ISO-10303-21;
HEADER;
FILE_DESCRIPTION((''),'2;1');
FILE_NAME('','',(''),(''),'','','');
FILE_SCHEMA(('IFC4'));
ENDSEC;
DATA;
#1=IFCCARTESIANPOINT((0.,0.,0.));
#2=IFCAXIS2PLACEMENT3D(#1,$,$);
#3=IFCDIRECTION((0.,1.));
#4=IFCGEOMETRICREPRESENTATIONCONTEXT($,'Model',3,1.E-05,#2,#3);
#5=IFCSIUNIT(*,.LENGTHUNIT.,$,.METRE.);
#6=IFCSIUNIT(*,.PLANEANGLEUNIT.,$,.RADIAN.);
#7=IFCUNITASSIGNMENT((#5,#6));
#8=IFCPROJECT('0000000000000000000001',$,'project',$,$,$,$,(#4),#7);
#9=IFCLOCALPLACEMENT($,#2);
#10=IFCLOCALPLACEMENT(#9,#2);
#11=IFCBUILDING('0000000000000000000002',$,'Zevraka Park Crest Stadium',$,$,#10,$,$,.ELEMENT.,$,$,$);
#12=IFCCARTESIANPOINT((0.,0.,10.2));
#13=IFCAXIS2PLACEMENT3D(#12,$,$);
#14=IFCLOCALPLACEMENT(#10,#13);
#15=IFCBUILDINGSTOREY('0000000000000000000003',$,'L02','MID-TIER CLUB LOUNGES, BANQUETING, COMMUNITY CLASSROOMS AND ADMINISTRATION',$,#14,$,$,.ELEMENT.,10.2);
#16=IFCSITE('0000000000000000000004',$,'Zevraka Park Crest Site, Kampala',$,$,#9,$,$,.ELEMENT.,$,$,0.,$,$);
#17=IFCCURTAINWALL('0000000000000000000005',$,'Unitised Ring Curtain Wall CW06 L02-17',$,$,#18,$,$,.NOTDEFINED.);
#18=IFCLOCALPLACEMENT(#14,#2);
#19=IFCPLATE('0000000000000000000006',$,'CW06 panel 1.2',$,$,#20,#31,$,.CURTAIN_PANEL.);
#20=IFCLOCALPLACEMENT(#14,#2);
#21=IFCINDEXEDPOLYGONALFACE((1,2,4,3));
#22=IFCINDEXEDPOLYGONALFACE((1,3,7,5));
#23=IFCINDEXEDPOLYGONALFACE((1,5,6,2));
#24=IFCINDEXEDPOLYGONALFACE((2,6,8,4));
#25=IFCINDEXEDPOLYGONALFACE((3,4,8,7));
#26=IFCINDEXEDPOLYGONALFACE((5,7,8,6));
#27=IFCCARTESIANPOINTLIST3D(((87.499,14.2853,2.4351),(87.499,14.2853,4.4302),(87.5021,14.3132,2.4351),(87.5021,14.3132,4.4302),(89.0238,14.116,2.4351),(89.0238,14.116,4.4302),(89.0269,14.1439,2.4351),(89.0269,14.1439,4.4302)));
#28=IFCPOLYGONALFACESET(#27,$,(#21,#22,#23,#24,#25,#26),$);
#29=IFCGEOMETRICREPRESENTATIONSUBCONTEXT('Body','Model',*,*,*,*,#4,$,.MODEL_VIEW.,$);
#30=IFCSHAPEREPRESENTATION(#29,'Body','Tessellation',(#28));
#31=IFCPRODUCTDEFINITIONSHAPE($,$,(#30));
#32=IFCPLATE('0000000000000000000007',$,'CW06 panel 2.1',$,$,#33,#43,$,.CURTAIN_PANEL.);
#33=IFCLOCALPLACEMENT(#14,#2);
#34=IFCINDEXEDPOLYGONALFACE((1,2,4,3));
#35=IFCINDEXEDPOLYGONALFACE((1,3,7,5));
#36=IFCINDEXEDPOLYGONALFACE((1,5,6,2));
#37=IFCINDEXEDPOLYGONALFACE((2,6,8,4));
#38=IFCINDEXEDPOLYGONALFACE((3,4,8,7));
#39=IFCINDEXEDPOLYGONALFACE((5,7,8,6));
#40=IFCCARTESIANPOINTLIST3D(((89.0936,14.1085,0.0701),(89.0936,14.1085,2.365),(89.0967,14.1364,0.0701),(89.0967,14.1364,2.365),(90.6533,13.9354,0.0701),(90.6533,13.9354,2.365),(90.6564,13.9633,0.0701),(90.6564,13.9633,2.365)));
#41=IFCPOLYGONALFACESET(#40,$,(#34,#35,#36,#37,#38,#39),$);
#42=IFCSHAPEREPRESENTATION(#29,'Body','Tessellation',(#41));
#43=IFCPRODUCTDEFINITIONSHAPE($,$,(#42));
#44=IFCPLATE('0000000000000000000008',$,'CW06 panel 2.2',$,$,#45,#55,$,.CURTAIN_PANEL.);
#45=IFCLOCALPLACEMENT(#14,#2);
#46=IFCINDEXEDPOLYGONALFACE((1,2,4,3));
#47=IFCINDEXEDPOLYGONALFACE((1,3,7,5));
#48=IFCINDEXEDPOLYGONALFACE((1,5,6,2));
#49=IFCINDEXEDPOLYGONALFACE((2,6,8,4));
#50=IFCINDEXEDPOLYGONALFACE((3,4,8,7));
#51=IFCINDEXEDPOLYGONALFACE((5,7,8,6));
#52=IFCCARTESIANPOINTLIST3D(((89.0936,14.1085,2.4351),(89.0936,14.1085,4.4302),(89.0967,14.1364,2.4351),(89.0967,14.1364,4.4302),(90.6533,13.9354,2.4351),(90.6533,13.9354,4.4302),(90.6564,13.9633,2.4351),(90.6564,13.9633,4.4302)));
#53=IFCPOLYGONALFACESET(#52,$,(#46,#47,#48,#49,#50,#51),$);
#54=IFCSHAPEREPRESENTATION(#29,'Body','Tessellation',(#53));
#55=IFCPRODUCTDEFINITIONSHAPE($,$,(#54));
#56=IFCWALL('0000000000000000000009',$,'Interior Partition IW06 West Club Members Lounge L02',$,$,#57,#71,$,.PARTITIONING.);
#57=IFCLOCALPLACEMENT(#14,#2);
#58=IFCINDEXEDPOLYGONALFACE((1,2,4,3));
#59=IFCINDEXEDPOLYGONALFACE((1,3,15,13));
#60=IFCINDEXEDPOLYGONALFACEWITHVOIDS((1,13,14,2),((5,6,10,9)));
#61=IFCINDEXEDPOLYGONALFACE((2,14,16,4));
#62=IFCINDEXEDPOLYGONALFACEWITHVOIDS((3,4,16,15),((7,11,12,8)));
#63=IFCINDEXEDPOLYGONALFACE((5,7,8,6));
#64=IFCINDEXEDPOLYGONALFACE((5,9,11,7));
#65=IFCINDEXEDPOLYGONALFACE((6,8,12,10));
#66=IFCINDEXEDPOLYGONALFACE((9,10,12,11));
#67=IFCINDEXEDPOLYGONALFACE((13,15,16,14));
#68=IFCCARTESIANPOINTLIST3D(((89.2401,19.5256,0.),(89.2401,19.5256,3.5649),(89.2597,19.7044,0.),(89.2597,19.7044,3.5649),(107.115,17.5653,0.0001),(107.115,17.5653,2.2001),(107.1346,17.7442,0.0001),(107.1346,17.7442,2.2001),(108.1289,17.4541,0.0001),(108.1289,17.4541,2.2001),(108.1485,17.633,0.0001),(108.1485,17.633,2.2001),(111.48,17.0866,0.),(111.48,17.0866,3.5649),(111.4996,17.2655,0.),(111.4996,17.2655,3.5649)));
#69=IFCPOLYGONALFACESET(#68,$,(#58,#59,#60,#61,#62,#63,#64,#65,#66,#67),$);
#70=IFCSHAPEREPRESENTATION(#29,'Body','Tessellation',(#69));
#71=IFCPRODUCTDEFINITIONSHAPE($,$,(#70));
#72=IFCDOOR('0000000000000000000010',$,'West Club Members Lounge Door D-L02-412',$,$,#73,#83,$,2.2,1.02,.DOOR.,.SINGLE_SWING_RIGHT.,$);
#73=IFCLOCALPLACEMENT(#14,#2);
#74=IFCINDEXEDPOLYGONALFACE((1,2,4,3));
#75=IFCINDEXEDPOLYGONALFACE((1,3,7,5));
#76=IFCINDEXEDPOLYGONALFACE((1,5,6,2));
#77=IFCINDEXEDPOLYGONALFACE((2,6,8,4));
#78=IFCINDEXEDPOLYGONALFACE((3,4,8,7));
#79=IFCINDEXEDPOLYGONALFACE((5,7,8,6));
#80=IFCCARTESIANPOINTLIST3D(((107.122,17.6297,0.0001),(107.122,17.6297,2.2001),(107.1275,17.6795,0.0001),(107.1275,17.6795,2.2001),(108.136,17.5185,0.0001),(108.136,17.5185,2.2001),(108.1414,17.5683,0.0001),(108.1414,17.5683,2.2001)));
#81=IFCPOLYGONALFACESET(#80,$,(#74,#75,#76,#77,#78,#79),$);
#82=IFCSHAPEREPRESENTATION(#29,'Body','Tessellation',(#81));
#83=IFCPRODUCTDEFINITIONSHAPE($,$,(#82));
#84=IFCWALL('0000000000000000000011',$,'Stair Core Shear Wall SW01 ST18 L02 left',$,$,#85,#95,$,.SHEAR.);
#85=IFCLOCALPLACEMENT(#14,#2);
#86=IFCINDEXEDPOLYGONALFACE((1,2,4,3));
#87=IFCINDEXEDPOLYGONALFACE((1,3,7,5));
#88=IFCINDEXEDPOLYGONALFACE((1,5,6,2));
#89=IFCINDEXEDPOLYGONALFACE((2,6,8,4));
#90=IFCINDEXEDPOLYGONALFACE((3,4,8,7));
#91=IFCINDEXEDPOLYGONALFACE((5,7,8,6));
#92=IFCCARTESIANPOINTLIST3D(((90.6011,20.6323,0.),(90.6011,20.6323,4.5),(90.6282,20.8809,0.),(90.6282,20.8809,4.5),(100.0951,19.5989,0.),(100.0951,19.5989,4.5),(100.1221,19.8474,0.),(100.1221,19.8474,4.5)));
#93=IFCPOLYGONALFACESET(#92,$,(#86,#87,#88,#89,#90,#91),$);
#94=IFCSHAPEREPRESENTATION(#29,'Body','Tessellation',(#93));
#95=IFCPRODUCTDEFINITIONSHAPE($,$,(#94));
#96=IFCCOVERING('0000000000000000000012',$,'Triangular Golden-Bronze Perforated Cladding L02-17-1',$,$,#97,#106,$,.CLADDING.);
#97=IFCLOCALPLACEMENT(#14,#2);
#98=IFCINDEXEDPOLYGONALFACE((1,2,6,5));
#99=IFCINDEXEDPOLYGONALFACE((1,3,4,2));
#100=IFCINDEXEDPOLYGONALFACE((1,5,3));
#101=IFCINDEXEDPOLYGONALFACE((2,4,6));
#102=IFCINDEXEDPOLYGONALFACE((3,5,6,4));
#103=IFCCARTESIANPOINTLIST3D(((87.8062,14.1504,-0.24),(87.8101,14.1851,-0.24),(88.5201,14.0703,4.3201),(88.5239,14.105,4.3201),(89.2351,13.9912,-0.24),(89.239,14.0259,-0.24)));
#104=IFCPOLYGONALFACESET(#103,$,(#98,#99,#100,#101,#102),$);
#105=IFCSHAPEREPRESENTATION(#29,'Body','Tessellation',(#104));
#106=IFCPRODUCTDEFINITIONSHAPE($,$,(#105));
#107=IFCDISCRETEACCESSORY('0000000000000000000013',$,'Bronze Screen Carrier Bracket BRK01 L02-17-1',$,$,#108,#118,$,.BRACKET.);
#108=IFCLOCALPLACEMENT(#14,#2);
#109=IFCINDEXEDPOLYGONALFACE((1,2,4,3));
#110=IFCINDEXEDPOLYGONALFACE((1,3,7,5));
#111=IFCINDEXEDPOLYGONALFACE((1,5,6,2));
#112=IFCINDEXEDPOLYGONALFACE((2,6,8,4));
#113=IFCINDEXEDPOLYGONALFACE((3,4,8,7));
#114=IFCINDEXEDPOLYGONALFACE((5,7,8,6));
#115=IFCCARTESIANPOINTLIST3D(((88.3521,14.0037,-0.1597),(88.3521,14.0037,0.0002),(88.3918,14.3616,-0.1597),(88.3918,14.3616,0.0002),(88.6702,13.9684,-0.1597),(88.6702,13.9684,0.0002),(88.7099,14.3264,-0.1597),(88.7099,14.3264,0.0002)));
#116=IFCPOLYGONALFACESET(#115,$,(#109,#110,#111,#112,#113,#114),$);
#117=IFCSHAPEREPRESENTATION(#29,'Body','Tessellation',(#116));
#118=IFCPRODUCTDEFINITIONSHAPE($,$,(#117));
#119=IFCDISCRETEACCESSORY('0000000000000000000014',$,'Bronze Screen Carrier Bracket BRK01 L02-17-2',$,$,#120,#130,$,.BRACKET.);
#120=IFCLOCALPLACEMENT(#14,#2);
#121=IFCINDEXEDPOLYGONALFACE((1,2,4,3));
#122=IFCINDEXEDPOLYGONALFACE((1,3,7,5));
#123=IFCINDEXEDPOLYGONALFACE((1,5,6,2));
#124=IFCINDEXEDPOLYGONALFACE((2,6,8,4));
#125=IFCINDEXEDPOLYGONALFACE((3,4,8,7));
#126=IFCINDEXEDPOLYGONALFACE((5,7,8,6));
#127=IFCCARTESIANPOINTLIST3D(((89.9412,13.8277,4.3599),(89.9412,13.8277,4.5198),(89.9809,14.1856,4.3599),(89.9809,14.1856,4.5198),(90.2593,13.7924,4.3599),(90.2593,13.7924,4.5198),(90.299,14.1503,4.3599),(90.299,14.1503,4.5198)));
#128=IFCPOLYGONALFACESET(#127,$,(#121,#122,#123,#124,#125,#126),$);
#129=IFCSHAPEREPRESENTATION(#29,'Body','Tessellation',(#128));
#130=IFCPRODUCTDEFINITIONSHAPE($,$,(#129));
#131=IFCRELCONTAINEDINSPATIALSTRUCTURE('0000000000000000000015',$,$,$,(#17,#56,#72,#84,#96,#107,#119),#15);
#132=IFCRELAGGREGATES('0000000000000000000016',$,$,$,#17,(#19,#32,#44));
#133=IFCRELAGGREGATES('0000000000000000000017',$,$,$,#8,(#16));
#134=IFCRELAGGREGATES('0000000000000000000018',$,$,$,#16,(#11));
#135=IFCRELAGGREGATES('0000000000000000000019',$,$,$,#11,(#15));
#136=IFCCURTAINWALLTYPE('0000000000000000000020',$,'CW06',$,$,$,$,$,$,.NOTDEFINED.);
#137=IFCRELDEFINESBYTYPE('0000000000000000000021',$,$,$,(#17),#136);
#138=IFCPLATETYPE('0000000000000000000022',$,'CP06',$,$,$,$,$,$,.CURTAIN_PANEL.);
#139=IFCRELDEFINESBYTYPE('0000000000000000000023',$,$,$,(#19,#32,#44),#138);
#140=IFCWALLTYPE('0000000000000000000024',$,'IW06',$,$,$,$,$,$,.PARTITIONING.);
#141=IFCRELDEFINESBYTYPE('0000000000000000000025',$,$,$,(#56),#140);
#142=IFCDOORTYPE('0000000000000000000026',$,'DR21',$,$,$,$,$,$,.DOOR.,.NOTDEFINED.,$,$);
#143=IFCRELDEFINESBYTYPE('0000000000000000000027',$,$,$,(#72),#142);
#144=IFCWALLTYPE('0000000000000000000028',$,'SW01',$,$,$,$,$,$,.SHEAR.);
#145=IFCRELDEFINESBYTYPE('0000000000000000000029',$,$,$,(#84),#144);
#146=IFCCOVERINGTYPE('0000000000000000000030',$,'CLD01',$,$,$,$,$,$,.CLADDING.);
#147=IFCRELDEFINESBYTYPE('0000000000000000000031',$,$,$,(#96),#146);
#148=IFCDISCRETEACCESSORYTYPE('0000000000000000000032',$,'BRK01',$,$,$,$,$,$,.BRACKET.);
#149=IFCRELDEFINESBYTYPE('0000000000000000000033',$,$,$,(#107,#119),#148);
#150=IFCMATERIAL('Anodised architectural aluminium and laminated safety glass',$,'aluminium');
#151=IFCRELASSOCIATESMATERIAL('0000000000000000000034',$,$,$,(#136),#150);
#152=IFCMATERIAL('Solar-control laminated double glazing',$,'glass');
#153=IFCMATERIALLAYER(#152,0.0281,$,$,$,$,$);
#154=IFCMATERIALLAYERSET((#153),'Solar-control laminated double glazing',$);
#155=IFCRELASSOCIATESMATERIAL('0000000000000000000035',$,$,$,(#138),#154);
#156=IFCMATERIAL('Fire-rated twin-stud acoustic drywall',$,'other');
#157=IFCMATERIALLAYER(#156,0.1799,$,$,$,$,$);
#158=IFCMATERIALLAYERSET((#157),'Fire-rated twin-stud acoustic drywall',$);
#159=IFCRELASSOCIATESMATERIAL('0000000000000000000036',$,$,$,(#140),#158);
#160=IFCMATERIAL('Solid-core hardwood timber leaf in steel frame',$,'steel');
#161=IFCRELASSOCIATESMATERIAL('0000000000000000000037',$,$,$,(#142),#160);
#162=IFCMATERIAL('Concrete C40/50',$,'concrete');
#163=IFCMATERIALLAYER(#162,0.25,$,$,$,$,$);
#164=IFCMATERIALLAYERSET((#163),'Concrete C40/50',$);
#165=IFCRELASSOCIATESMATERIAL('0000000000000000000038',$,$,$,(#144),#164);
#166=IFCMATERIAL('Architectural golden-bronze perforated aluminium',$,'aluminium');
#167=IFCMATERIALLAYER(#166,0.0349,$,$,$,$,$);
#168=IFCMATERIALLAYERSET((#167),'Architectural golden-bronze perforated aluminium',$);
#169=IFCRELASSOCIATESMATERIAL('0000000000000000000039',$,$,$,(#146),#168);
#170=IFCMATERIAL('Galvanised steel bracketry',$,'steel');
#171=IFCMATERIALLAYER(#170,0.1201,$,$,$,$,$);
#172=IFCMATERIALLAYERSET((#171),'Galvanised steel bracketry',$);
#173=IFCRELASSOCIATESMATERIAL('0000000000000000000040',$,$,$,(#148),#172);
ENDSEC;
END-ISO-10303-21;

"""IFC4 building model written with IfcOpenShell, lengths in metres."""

from ifc_helpers import new_model, si_unit, direction, frame, frame_2d, origin, origin_2d, place, context, subcontext, project, spatial, polyline, rectangle, outline, extrude, material, layer, layer_set, type_object, element, fill, aggregate, save


model = new_model("IFC4")

# Units and contexts
model_context = context("Model", 3, precision=1e-05, world=origin(), true_north=direction((0.0, 1.0)))
body_context = subcontext(model_context, "Body", "Model", "MODEL_VIEW")
ifc_project = project(units=[si_unit("LENGTHUNIT", "METRE"), si_unit("PLANEANGLEUNIT", "RADIAN")], contexts=[model_context])

# Site, building, storey
site_placement = place(None, origin())
site = spatial("IfcSite", under=ifc_project, at=site_placement, Name="Zevraka Park Crest Site, Kampala", CompositionType="ELEMENT", RefElevation=0.0)
building_placement = place(site_placement, origin())
building = spatial("IfcBuilding", under=site, at=building_placement, Name="Zevraka Park Crest Stadium", CompositionType="ELEMENT")
storey_placement = place(building_placement, frame((0.0, 0.0, 10.2)))
storey = spatial("IfcBuildingStorey", under=building, at=storey_placement, Name="L02", Description="MID-TIER CLUB LOUNGES, BANQUETING, COMMUNITY CLASSROOMS AND ADMINISTRATION", CompositionType="ELEMENT", Elevation=10.2)

# Curtain wall
ifc_material_1 = material(Name="Anodised architectural aluminium and laminated safety glass", Category="aluminium")
curtain_wall_type = type_object("IfcCurtainWallType", Name="CW06", PredefinedType="NOTDEFINED", material=ifc_material_1)
curtain_wall_placement = place(storey_placement, origin())
curtain_wall = element("IfcCurtainWall", 1, at=curtain_wall_placement, inside=storey, type_object=curtain_wall_type, Name="Unitised Ring Curtain Wall CW06 L02-17", PredefinedType="NOTDEFINED")

# Plates
ifc_material_2 = material(Name="Solar-control laminated double glazing", Category="glass")
ifc_layer_1 = layer(ifc_material_2, 0.0281)
ifc_layer_set_1 = layer_set([ifc_layer_1], Name="Solar-control laminated double glazing")
plate_type = type_object("IfcPlateType", Name="CP06", PredefinedType="CURTAIN_PANEL", material=ifc_layer_set_1)
plate_1_placement = place(storey_placement, frame((88.2629, 14.2146, 2.4351), z_axis=(0.0, 0.0, 1.0), x_axis=(0.993899, -0.110293, 0.0)))
plate_1 = element("IfcPlate", 2, at=plate_1_placement, type_object=plate_type, Name="CW06 panel 1.2", PredefinedType="CURTAIN_PANEL", context=body_context, shape_type="SweptSolid", body=[
    extrude(rectangle(XDim=1.5342, YDim=0.0281, at=origin_2d()), origin(), (0.0, 0.0, 1.0), 1.9951),
])
plate_2_placement = place(storey_placement, frame((89.875, 14.0359, 0.0701), z_axis=(0.0, 0.0, 1.0), x_axis=(0.993899, -0.110293, 0.0)))
plate_2 = element("IfcPlate", 3, at=plate_2_placement, type_object=plate_type, Name="CW06 panel 2.1", PredefinedType="CURTAIN_PANEL", context=body_context, shape_type="SweptSolid", body=[
    extrude(rectangle(XDim=1.5693, YDim=0.0281, at=origin_2d()), origin(), (0.0, 0.0, 1.0), 2.2949),
])
plate_3_placement = place(storey_placement, frame((89.875, 14.0359, 2.4351), z_axis=(0.0, 0.0, 1.0), x_axis=(0.993899, -0.110293, 0.0)))
plate_3 = element("IfcPlate", 4, at=plate_3_placement, type_object=plate_type, Name="CW06 panel 2.2", PredefinedType="CURTAIN_PANEL", context=body_context, shape_type="SweptSolid", body=[
    extrude(rectangle(XDim=1.5693, YDim=0.0281, at=origin_2d()), origin(), (0.0, 0.0, 1.0), 1.9951),
])
aggregate(curtain_wall, [plate_1, plate_2, plate_3])

# Wall, opening, door
ifc_material_3 = material(Name="Fire-rated twin-stud acoustic drywall", Category="other")
ifc_layer_2 = layer(ifc_material_3, 0.1799)
ifc_layer_set_2 = layer_set([ifc_layer_2], Name="Fire-rated twin-stud acoustic drywall")
wall_type_1 = type_object("IfcWallType", Name="IW06", PredefinedType="PARTITIONING", material=ifc_layer_set_2)
wall_1_placement = place(storey_placement, frame((89.25, 19.615, 0.0), z_axis=(0.0, 0.0, 1.0), x_axis=(0.99404, -0.109012, 0.0)))
wall_1 = element("IfcWall", 5, at=wall_1_placement, inside=storey, type_object=wall_type_1, Name="Interior Partition IW06 West Club Members Lounge L02", PredefinedType="PARTITIONING", context=body_context, shape_type="SweptSolid", body=[
    extrude(rectangle(XDim=22.3733, YDim=0.1799, at=frame_2d((11.1865, 0.0))), origin(), (0.0, 0.0, 1.0), 3.5649),
])
opening_placement = place(wall_1_placement, frame((17.9819, 0.0, 0.0)))
opening = element("IfcOpeningElement", 6, at=opening_placement, cuts=wall_1, PredefinedType="OPENING", context=body_context, shape_type="SweptSolid", body=[
    extrude(rectangle(XDim=1.02, YDim=2.2, at=frame_2d((0.51, 1.1001))), frame((0.0, 0.0999, 0.0), z_axis=(0.0, -1.0, 0.0), x_axis=(1.0, 0.0, 0.0)), (0.0, 0.0, 1.0), 0.2),
])
ifc_material_4 = material(Name="Solid-core hardwood timber leaf in steel frame", Category="steel")
door_type = type_object("IfcDoorType", Name="DR21", OperationType="NOTDEFINED", PredefinedType="DOOR", material=ifc_material_4)
door_placement = place(opening_placement, origin())
door = element("IfcDoor", 7, at=door_placement, inside=storey, type_object=door_type, Name="West Club Members Lounge Door D-L02-412", OperationType="SINGLE_SWING_RIGHT", OverallHeight=2.2, OverallWidth=1.02, PredefinedType="DOOR", context=body_context, shape_type="SweptSolid", body=[
    extrude(rectangle(XDim=1.02, YDim=2.2, at=frame_2d((0.51, 1.1001))), frame((0.0, 0.0249, 0.0), z_axis=(0.0, -1.0, 0.0), x_axis=(1.0, 0.0, 0.0)), (0.0, 0.0, 1.0), 0.05),
])
fill(opening, door)

# Wall
ifc_material_5 = material(Name="Concrete C40/50", Category="concrete")
ifc_layer_3 = layer(ifc_material_5, 0.25)
ifc_layer_set_3 = layer_set([ifc_layer_3], Name="Concrete C40/50")
wall_type_2 = type_object("IfcWallType", Name="SW01", PredefinedType="SHEAR", material=ifc_layer_set_3)
wall_2_placement = place(storey_placement, frame((90.6147, 20.7566, 0.0), z_axis=(0.0, 0.0, 1.0), x_axis=(0.994128, -0.108215, 0.0)))
element("IfcWall", 8, at=wall_2_placement, inside=storey, type_object=wall_type_2, Name="Stair Core Shear Wall SW01 ST18 L02 left", PredefinedType="SHEAR", context=body_context, shape_type="SweptSolid", body=[
    extrude(rectangle(XDim=9.55, YDim=0.25, at=frame_2d((4.7749, 0.0))), origin(), (0.0, 0.0, 1.0), 4.5),
])

# Covering
ifc_material_6 = material(Name="Architectural golden-bronze perforated aluminium", Category="aluminium")
ifc_layer_4 = layer(ifc_material_6, 0.0349)
ifc_layer_set_4 = layer_set([ifc_layer_4], Name="Architectural golden-bronze perforated aluminium")
covering_type = type_object("IfcCoveringType", Name="CLD01", PredefinedType="CLADDING", material=ifc_layer_set_4)
covering_placement = place(storey_placement, frame((87.8101, 14.1851, -0.24), z_axis=(0.110711, 0.993853, 0.000121), x_axis=(0.993853, -0.110711, 0.0)))
element("IfcCovering", 9, at=covering_placement, inside=storey, type_object=covering_type, Name="Triangular Golden-Bronze Perforated Cladding L02-17-1", PredefinedType="CLADDING", context=body_context, shape_type="SweptSolid", body=[
    extrude(outline(polyline([(0.0, 0.0), (1.4378, 0.0), (0.7183, -4.5601), (0.0, 0.0)])), origin(), (0.0, 0.0, -1.0), 0.0349),
])

# Discrete accessories
ifc_material_7 = material(Name="Galvanised steel bracketry", Category="steel")
ifc_layer_5 = layer(ifc_material_7, 0.1201)
ifc_layer_set_5 = layer_set([ifc_layer_5], Name="Galvanised steel bracketry")
discrete_accessory_type = type_object("IfcDiscreteAccessoryType", Name="BRK01", PredefinedType="BRACKET", material=ifc_layer_set_5)
for number, where, z_axis, x_axis, name in (
    (10, (88.531, 14.165, -0.1597), (0.0, 0.0, 1.0), (0.993903, -0.110255, 0.0), "Bronze Screen Carrier Bracket BRK01 L02-17-1"),
    (11, (90.1201, 13.989, 4.3599), (0.0, 0.0, 1.0), (0.993903, -0.110255, 0.0), "Bronze Screen Carrier Bracket BRK01 L02-17-2"),
):
    element("IfcDiscreteAccessory", number, at=place(storey_placement, frame(where, z_axis=z_axis, x_axis=x_axis)), inside=storey, type_object=discrete_accessory_type, Name=name, PredefinedType="BRACKET", context=body_context, shape_type="SweptSolid", body=[
        extrude(rectangle(XDim=0.3201, YDim=0.3601, at=origin_2d()), origin(), (0.0, 0.0, 1.0), 0.1599),
    ])

save(model, "model.ifc")
